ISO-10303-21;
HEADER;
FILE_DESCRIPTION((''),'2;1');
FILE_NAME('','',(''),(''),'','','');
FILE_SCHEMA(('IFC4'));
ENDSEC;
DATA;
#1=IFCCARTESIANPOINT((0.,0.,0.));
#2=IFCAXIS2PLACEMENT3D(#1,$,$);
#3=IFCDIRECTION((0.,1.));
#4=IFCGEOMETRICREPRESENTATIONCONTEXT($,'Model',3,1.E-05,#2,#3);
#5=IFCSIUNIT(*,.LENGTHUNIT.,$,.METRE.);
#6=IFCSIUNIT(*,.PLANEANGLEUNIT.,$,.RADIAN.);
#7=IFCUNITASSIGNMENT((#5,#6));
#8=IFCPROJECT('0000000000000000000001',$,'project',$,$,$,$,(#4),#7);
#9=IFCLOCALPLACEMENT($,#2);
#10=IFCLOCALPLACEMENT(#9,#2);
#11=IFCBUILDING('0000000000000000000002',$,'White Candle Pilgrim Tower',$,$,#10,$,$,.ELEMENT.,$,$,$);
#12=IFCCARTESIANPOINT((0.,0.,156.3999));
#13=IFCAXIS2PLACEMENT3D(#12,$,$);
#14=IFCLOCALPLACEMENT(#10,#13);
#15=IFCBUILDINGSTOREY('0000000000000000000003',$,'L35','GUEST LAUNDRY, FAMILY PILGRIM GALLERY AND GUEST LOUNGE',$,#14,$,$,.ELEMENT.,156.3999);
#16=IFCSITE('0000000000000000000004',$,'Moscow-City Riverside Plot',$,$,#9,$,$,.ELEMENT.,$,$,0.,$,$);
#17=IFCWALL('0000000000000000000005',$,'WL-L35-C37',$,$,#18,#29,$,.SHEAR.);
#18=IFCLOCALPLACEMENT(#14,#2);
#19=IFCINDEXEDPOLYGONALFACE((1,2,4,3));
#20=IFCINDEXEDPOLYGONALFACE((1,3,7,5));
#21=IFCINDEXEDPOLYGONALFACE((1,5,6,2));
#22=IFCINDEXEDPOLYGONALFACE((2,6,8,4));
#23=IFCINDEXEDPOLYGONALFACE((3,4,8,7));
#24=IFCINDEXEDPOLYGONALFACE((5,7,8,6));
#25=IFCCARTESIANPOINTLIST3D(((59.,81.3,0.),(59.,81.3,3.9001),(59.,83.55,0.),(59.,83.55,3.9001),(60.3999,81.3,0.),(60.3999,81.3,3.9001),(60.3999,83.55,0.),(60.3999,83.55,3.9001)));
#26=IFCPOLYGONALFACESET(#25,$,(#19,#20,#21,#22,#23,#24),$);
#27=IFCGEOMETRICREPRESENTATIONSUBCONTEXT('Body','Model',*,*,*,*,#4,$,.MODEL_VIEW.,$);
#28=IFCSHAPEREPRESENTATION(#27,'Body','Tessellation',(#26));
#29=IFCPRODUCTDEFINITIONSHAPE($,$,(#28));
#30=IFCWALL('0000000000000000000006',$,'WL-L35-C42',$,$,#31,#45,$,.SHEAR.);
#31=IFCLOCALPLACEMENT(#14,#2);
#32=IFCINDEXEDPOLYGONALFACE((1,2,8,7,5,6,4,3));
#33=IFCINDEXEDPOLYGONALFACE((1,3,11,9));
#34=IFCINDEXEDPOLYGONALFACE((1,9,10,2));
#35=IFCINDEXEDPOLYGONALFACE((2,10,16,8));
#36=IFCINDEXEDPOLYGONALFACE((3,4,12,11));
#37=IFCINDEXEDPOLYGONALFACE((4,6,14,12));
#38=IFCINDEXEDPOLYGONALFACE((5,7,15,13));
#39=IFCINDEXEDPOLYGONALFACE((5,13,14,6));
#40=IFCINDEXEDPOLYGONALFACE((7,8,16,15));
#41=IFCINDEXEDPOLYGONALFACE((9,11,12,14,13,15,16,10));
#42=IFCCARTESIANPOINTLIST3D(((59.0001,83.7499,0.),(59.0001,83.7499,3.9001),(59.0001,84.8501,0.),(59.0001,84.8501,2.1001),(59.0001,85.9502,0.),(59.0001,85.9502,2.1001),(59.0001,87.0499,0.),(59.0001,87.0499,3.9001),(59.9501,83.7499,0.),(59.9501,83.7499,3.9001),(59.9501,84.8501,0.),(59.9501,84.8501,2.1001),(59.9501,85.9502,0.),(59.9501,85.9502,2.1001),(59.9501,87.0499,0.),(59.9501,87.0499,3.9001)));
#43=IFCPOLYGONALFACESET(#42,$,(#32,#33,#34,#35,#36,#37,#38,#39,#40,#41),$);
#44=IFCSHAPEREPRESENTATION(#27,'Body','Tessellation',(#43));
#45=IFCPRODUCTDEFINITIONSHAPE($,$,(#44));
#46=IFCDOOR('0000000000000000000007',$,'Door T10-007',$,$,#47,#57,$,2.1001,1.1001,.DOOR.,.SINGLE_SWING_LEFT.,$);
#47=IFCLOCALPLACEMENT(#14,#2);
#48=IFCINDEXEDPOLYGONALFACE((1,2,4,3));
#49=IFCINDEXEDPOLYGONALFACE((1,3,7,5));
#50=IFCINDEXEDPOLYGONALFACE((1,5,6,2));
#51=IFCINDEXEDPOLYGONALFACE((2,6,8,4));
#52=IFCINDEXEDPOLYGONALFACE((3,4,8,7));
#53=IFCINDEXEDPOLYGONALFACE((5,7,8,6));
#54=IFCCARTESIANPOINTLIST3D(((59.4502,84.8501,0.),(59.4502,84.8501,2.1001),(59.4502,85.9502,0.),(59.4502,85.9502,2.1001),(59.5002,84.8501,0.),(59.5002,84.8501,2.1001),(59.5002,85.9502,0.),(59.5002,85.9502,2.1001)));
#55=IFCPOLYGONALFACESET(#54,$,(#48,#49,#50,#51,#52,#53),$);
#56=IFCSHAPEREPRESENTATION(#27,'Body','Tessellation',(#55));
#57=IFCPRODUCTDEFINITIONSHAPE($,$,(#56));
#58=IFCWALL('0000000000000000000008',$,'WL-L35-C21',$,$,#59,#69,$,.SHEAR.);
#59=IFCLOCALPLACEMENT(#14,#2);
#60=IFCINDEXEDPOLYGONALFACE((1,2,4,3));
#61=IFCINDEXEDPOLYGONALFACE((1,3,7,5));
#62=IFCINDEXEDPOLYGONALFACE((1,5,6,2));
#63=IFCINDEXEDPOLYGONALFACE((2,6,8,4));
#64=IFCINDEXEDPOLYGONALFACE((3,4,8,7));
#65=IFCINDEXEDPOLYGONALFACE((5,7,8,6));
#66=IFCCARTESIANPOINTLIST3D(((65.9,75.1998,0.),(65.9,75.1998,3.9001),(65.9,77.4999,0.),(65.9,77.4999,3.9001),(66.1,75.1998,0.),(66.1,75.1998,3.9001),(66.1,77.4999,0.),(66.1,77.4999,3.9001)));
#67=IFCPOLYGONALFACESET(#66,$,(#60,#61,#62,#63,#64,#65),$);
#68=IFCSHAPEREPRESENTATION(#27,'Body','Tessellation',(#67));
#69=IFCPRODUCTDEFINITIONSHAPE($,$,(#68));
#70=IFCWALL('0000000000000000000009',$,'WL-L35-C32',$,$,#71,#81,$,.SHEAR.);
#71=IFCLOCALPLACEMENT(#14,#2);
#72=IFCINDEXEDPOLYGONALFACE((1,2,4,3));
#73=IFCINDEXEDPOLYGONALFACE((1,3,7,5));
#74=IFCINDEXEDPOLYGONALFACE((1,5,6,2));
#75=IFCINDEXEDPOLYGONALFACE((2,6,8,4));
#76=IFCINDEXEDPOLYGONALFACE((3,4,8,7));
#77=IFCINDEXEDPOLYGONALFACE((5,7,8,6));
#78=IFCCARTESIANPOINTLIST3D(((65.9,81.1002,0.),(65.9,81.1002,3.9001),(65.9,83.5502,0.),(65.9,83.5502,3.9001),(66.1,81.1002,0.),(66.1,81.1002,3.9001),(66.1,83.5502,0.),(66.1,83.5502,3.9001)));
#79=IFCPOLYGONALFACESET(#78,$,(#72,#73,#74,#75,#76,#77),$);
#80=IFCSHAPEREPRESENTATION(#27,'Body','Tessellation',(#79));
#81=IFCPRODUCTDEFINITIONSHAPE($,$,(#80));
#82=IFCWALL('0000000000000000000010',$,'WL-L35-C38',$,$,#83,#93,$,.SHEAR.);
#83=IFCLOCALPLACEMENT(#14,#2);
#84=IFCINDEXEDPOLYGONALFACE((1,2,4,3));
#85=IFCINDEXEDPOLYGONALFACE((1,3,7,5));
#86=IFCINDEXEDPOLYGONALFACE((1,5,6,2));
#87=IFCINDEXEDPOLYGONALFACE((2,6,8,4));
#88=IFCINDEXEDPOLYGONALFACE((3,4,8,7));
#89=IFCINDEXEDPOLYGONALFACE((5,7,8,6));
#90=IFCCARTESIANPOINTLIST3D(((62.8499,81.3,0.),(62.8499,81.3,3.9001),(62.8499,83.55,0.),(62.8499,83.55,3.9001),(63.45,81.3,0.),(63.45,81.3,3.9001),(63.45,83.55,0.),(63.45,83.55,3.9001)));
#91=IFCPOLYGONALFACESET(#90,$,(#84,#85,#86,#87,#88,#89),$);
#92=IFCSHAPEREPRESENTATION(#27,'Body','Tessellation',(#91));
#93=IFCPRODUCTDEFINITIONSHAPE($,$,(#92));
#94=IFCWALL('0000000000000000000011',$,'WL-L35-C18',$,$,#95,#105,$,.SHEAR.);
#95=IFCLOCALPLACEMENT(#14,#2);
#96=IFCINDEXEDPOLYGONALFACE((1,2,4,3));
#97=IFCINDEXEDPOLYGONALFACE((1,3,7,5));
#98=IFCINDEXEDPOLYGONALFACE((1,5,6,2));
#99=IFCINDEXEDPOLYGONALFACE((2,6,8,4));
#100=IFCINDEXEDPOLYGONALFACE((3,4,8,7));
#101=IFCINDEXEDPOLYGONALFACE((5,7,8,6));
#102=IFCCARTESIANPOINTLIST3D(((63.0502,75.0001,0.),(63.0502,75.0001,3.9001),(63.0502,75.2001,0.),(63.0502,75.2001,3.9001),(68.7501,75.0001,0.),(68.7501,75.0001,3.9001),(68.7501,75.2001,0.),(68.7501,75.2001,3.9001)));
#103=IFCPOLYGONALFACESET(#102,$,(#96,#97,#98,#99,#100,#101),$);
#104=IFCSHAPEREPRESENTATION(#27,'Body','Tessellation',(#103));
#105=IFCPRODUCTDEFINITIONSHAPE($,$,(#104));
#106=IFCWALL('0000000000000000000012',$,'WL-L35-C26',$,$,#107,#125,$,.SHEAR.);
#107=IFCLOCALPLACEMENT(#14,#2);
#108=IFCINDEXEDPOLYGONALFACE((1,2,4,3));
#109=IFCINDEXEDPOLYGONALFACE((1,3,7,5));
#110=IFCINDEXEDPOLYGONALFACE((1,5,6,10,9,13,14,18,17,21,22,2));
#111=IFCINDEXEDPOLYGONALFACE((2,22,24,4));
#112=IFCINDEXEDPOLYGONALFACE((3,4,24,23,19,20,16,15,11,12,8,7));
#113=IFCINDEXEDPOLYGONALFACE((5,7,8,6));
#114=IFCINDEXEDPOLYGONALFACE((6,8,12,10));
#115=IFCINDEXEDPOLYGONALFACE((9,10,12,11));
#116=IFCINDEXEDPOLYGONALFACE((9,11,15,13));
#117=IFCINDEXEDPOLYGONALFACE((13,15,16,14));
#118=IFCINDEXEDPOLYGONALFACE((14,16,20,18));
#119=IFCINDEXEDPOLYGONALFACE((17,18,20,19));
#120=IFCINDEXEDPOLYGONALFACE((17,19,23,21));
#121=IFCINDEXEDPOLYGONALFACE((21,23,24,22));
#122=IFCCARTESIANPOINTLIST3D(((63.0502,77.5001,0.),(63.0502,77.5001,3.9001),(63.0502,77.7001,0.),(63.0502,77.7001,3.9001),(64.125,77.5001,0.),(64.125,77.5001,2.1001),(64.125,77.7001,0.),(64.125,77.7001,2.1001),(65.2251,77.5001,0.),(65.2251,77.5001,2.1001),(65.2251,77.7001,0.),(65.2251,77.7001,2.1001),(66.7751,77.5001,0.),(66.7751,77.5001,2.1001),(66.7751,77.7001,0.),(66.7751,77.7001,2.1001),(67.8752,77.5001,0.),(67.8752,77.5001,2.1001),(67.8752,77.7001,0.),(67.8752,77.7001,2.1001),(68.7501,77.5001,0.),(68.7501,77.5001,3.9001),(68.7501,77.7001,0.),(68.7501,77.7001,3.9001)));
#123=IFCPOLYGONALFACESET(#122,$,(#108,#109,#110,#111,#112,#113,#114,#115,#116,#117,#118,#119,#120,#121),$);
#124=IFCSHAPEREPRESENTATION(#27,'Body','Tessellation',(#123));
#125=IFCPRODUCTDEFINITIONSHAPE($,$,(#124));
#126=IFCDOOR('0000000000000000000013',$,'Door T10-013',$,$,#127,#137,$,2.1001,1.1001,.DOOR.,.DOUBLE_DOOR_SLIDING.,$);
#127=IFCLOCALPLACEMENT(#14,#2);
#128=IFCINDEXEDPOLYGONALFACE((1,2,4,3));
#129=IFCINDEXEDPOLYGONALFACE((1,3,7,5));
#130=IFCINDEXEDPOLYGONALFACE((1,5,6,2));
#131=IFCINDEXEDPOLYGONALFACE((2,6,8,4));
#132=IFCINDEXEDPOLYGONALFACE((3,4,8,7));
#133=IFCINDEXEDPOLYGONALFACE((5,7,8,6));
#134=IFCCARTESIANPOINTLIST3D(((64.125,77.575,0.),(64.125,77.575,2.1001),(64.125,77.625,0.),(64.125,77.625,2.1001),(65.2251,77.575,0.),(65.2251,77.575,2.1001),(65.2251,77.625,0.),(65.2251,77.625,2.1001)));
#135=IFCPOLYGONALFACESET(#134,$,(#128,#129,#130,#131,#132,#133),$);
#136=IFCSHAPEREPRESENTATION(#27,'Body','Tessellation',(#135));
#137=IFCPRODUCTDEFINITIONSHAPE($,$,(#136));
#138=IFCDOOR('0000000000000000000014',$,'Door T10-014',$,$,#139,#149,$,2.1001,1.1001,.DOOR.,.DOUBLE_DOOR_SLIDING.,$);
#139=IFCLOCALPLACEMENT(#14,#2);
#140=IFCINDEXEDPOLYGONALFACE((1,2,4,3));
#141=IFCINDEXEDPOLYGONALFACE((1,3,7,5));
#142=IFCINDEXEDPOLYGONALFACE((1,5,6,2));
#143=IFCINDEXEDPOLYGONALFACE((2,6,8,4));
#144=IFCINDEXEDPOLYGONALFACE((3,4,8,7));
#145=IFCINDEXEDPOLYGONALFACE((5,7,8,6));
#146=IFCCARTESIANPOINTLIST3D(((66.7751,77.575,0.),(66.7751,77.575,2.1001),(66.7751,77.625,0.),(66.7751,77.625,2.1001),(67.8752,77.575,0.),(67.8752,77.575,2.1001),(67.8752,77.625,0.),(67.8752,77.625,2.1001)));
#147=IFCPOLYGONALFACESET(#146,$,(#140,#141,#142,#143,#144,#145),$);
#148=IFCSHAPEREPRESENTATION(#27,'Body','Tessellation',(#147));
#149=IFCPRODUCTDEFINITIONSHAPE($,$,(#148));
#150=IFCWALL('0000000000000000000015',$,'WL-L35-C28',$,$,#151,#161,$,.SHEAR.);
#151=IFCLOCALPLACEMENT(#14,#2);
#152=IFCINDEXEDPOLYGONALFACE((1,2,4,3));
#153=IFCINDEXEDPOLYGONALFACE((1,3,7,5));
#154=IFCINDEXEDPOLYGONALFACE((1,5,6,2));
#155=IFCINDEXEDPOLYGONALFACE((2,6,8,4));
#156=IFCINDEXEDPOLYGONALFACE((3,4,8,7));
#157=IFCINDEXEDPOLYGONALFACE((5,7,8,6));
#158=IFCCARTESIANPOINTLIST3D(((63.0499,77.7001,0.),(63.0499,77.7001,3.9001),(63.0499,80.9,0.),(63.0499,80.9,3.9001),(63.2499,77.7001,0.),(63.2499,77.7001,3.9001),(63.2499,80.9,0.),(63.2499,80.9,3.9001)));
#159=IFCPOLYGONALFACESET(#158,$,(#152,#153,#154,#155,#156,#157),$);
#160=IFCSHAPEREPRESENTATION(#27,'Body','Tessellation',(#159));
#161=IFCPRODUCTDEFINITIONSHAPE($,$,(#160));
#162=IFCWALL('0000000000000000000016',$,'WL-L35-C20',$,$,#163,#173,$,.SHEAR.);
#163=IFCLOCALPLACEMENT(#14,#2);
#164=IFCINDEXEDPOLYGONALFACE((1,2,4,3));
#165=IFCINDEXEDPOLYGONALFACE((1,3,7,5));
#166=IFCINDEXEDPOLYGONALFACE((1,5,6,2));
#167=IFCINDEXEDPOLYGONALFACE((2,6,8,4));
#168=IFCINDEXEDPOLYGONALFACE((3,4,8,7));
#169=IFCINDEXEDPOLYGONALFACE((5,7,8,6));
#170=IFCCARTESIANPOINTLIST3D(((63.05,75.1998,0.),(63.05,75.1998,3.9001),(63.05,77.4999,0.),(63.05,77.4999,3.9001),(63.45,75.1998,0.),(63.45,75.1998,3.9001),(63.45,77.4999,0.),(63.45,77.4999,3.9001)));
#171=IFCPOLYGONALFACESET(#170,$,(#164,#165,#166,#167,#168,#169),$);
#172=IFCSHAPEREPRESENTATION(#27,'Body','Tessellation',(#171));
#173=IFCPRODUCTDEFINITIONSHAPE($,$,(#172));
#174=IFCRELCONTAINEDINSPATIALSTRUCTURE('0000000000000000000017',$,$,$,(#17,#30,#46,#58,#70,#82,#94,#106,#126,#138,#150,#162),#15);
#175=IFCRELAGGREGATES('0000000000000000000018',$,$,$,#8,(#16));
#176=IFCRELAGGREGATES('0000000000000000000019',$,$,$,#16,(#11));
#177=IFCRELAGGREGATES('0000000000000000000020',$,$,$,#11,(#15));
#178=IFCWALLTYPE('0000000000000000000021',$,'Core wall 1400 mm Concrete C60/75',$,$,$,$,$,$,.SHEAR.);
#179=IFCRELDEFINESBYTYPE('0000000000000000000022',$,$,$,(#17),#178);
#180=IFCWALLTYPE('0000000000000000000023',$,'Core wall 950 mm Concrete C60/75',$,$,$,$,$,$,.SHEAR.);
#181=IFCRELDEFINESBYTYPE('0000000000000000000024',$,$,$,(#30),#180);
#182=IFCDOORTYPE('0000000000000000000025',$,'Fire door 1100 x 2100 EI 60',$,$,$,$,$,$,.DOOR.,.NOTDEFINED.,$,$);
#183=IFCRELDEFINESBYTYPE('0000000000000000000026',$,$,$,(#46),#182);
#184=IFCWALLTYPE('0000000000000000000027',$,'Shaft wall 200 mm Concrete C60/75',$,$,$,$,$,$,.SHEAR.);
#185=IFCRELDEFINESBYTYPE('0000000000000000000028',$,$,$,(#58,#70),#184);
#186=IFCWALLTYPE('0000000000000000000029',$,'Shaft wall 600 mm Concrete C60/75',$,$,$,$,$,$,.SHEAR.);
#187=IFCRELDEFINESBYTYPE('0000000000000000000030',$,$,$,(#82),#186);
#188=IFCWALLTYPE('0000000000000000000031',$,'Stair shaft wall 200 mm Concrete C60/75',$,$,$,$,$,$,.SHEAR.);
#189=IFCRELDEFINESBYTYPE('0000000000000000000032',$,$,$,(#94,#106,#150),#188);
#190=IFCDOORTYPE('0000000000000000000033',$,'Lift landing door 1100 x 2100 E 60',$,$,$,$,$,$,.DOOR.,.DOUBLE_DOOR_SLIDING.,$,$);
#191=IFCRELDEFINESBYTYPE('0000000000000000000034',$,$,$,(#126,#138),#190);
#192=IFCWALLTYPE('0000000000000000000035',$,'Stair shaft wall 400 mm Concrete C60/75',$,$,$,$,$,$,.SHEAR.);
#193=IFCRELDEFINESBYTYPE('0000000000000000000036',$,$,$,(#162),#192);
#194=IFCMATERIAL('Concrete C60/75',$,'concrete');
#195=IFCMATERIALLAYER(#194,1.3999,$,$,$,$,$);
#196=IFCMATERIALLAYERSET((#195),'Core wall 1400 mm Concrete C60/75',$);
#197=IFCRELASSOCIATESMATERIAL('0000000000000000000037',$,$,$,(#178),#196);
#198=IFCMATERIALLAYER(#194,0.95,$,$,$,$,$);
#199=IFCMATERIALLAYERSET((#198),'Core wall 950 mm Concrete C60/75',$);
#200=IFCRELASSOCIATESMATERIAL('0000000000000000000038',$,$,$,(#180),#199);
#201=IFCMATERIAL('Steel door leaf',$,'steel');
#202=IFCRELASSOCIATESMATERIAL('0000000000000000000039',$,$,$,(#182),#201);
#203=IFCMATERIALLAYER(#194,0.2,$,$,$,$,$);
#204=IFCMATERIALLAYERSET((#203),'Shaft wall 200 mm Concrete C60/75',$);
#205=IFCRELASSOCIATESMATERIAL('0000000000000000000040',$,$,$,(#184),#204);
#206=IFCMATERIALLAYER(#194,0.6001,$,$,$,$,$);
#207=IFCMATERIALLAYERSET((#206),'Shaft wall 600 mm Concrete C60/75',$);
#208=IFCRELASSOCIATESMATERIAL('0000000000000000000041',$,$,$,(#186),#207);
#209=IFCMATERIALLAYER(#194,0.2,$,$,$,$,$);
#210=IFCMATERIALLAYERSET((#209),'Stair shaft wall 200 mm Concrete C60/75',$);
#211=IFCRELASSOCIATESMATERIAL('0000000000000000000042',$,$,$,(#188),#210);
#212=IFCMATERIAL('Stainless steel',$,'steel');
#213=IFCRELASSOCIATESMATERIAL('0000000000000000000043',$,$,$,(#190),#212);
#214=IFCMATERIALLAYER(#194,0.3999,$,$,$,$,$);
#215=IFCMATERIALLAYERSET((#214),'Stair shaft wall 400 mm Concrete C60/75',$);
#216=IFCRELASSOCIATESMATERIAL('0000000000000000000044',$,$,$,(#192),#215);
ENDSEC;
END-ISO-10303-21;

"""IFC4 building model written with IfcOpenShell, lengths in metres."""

from ifc_helpers import new_model, si_unit, direction, frame, frame_2d, origin, place, context, subcontext, project, spatial, rectangle, extrude, material, layer, layer_set, type_object, element, fill, save


model = new_model("IFC4")

# Units and contexts
model_context = context("Model", 3, precision=1e-05, world=origin(), true_north=direction((0.0, 1.0)))
body_context = subcontext(model_context, "Body", "Model", "MODEL_VIEW")
ifc_project = project(units=[si_unit("LENGTHUNIT", "METRE"), si_unit("PLANEANGLEUNIT", "RADIAN")], contexts=[model_context])

# Site, building, storey
site_placement = place(None, origin())
site = spatial("IfcSite", under=ifc_project, at=site_placement, Name="Moscow-City Riverside Plot", CompositionType="ELEMENT", RefElevation=0.0)
building_placement = place(site_placement, origin())
building = spatial("IfcBuilding", under=site, at=building_placement, Name="White Candle Pilgrim Tower", CompositionType="ELEMENT")
storey_placement = place(building_placement, frame((0.0, 0.0, 156.3999)))
storey = spatial("IfcBuildingStorey", under=building, at=storey_placement, Name="L35", Description="GUEST LAUNDRY, FAMILY PILGRIM GALLERY AND GUEST LOUNGE", CompositionType="ELEMENT", Elevation=156.3999)

# Wall
ifc_material_1 = material(Name="Concrete C60/75", Category="concrete")
ifc_layer_1 = layer(ifc_material_1, 1.3999)
ifc_layer_set_1 = layer_set([ifc_layer_1], Name="Core wall 1400 mm Concrete C60/75")
wall_type_1 = type_object("IfcWallType", Name="Core wall 1400 mm Concrete C60/75", PredefinedType="SHEAR", material=ifc_layer_set_1)
wall_1_placement = place(storey_placement, frame((59.7, 81.3, 0.0), z_axis=(0.0, 0.0, 1.0), x_axis=(0.0, 1.0, 0.0)))
element("IfcWall", 1, at=wall_1_placement, inside=storey, type_object=wall_type_1, Name="WL-L35-C37", PredefinedType="SHEAR", context=body_context, shape_type="SweptSolid", body=[
    extrude(rectangle(XDim=2.25, YDim=1.3999, at=frame_2d((1.125, 0.0))), origin(), (0.0, 0.0, 1.0), 3.9001),
])

# Wall, opening, door
ifc_layer_2 = layer(ifc_material_1, 0.95)
ifc_layer_set_2 = layer_set([ifc_layer_2], Name="Core wall 950 mm Concrete C60/75")
wall_type_2 = type_object("IfcWallType", Name="Core wall 950 mm Concrete C60/75", PredefinedType="SHEAR", material=ifc_layer_set_2)
wall_2_placement = place(storey_placement, frame((59.4751, 83.75, 0.0), z_axis=(0.0, 0.0, 1.0), x_axis=(0.0, 1.0, 0.0)))
wall_2 = element("IfcWall", 2, at=wall_2_placement, inside=storey, type_object=wall_type_2, Name="WL-L35-C42", PredefinedType="SHEAR", context=body_context, shape_type="SweptSolid", body=[
    extrude(rectangle(XDim=3.3, YDim=0.95, at=frame_2d((1.6499, 0.0))), origin(), (0.0, 0.0, 1.0), 3.9001),
])
opening_1_placement = place(wall_2_placement, frame((1.1001, 0.0, 0.0)))
opening_1 = element("IfcOpeningElement", 3, at=opening_1_placement, cuts=wall_2, PredefinedType="OPENING", context=body_context, shape_type="SweptSolid", body=[
    extrude(rectangle(XDim=1.1001, YDim=2.1001, at=frame_2d((0.55, 1.05))), frame((0.0, 0.4849, 0.0), z_axis=(0.0, -1.0, 0.0), x_axis=(1.0, 0.0, 0.0)), (0.0, 0.0, 1.0), 0.97),
])
ifc_material_2 = material(Name="Steel door leaf", Category="steel")
door_type_1 = type_object("IfcDoorType", Name="Fire door 1100 x 2100 EI 60", OperationType="NOTDEFINED", PredefinedType="DOOR", material=ifc_material_2)
door_1_placement = place(opening_1_placement, origin())
door_1 = element("IfcDoor", 4, at=door_1_placement, inside=storey, type_object=door_type_1, Name="Door T10-007", OperationType="SINGLE_SWING_LEFT", OverallHeight=2.1001, OverallWidth=1.1001, PredefinedType="DOOR", context=body_context, shape_type="SweptSolid", body=[
    extrude(rectangle(XDim=1.1001, YDim=2.1001, at=frame_2d((0.55, 1.05))), frame((0.0, 0.0249, 0.0), z_axis=(0.0, -1.0, 0.0), x_axis=(1.0, 0.0, 0.0)), (0.0, 0.0, 1.0), 0.05),
])
fill(opening_1, door_1)

# Walls
ifc_layer_3 = layer(ifc_material_1, 0.2)
ifc_layer_set_3 = layer_set([ifc_layer_3], Name="Shaft wall 200 mm Concrete C60/75")
wall_type_3 = type_object("IfcWallType", Name="Shaft wall 200 mm Concrete C60/75", PredefinedType="SHEAR", material=ifc_layer_set_3)
wall_3_placement = place(storey_placement, frame((66.0, 75.2, 0.0), z_axis=(0.0, 0.0, 1.0), x_axis=(0.0, 1.0, 0.0)))
element("IfcWall", 5, at=wall_3_placement, inside=storey, type_object=wall_type_3, Name="WL-L35-C21", PredefinedType="SHEAR", context=body_context, shape_type="SweptSolid", body=[
    extrude(rectangle(XDim=2.3, YDim=0.2, at=frame_2d((1.1499, 0.0))), origin(), (0.0, 0.0, 1.0), 3.9001),
])
wall_4_placement = place(storey_placement, frame((66.0, 81.1001, 0.0), z_axis=(0.0, 0.0, 1.0), x_axis=(0.0, 1.0, 0.0)))
element("IfcWall", 6, at=wall_4_placement, inside=storey, type_object=wall_type_3, Name="WL-L35-C32", PredefinedType="SHEAR", context=body_context, shape_type="SweptSolid", body=[
    extrude(rectangle(XDim=2.45, YDim=0.2, at=frame_2d((1.2251, 0.0))), origin(), (0.0, 0.0, 1.0), 3.9001),
])
ifc_layer_4 = layer(ifc_material_1, 0.6001)
ifc_layer_set_4 = layer_set([ifc_layer_4], Name="Shaft wall 600 mm Concrete C60/75")
wall_type_4 = type_object("IfcWallType", Name="Shaft wall 600 mm Concrete C60/75", PredefinedType="SHEAR", material=ifc_layer_set_4)
wall_5_placement = place(storey_placement, frame((63.1499, 81.3, 0.0), z_axis=(0.0, 0.0, 1.0), x_axis=(0.0, 1.0, 0.0)))
element("IfcWall", 7, at=wall_5_placement, inside=storey, type_object=wall_type_4, Name="WL-L35-C38", PredefinedType="SHEAR", context=body_context, shape_type="SweptSolid", body=[
    extrude(rectangle(XDim=2.25, YDim=0.6001, at=frame_2d((1.125, 0.0))), origin(), (0.0, 0.0, 1.0), 3.9001),
])
ifc_layer_5 = layer(ifc_material_1, 0.2)
ifc_layer_set_5 = layer_set([ifc_layer_5], Name="Stair shaft wall 200 mm Concrete C60/75")
wall_type_5 = type_object("IfcWallType", Name="Stair shaft wall 200 mm Concrete C60/75", PredefinedType="SHEAR", material=ifc_layer_set_5)
wall_6_placement = place(storey_placement, frame((63.05, 75.1001, 0.0), z_axis=(0.0, 0.0, 1.0), x_axis=(1.0, 0.0, 0.0)))
element("IfcWall", 8, at=wall_6_placement, inside=storey, type_object=wall_type_5, Name="WL-L35-C18", PredefinedType="SHEAR", context=body_context, shape_type="SweptSolid", body=[
    extrude(rectangle(XDim=5.7, YDim=0.2, at=frame_2d((2.8501, 0.0))), origin(), (0.0, 0.0, 1.0), 3.9001),
])

# Wall, openings, doors
wall_7_placement = place(storey_placement, frame((63.05, 77.6001, 0.0), z_axis=(0.0, 0.0, 1.0), x_axis=(1.0, 0.0, 0.0)))
wall_7 = element("IfcWall", 9, at=wall_7_placement, inside=storey, type_object=wall_type_5, Name="WL-L35-C26", PredefinedType="SHEAR", context=body_context, shape_type="SweptSolid", body=[
    extrude(rectangle(XDim=5.7, YDim=0.2, at=frame_2d((2.8501, 0.0))), origin(), (0.0, 0.0, 1.0), 3.9001),
])
opening_2_placement = place(wall_7_placement, frame((1.075, 0.0, 0.0)))
opening_2 = element("IfcOpeningElement", 10, at=opening_2_placement, cuts=wall_7, PredefinedType="OPENING", context=body_context, shape_type="SweptSolid", body=[
    extrude(rectangle(XDim=1.1001, YDim=2.1001, at=frame_2d((0.55, 1.05))), frame((0.0, 0.1099, 0.0), z_axis=(0.0, -1.0, 0.0), x_axis=(1.0, 0.0, 0.0)), (0.0, 0.0, 1.0), 0.22),
])
opening_3_placement = place(wall_7_placement, frame((3.7251, 0.0, 0.0)))
opening_3 = element("IfcOpeningElement", 11, at=opening_3_placement, cuts=wall_7, PredefinedType="OPENING", context=body_context, shape_type="SweptSolid", body=[
    extrude(rectangle(XDim=1.1001, YDim=2.1001, at=frame_2d((0.55, 1.05))), frame((0.0, 0.1099, 0.0), z_axis=(0.0, -1.0, 0.0), x_axis=(1.0, 0.0, 0.0)), (0.0, 0.0, 1.0), 0.22),
])
ifc_material_3 = material(Name="Stainless steel", Category="steel")
door_type_2 = type_object("IfcDoorType", Name="Lift landing door 1100 x 2100 E 60", OperationType="DOUBLE_DOOR_SLIDING", PredefinedType="DOOR", material=ifc_material_3)
door_2_placement = place(opening_2_placement, origin())
door_2 = element("IfcDoor", 12, at=door_2_placement, inside=storey, type_object=door_type_2, Name="Door T10-013", OperationType="DOUBLE_DOOR_SLIDING", OverallHeight=2.1001, OverallWidth=1.1001, PredefinedType="DOOR", context=body_context, shape_type="SweptSolid", body=[
    extrude(rectangle(XDim=1.1001, YDim=2.1001, at=frame_2d((0.55, 1.05))), frame((0.0, 0.0249, 0.0), z_axis=(0.0, -1.0, 0.0), x_axis=(1.0, 0.0, 0.0)), (0.0, 0.0, 1.0), 0.05),
])
fill(opening_2, door_2)
door_3_placement = place(opening_3_placement, origin())
door_3 = element("IfcDoor", 13, at=door_3_placement, inside=storey, type_object=door_type_2, Name="Door T10-014", OperationType="DOUBLE_DOOR_SLIDING", OverallHeight=2.1001, OverallWidth=1.1001, PredefinedType="DOOR", context=body_context, shape_type="SweptSolid", body=[
    extrude(rectangle(XDim=1.1001, YDim=2.1001, at=frame_2d((0.55, 1.05))), frame((0.0, 0.0249, 0.0), z_axis=(0.0, -1.0, 0.0), x_axis=(1.0, 0.0, 0.0)), (0.0, 0.0, 1.0), 0.05),
])
fill(opening_3, door_3)

# Walls
wall_8_placement = place(storey_placement, frame((63.1499, 77.7, 0.0), z_axis=(0.0, 0.0, 1.0), x_axis=(0.0, 1.0, 0.0)))
element("IfcWall", 14, at=wall_8_placement, inside=storey, type_object=wall_type_5, Name="WL-L35-C28", PredefinedType="SHEAR", context=body_context, shape_type="SweptSolid", body=[
    extrude(rectangle(XDim=3.2, YDim=0.2, at=frame_2d((1.6001, 0.0))), origin(), (0.0, 0.0, 1.0), 3.9001),
])
ifc_layer_6 = layer(ifc_material_1, 0.3999)
ifc_layer_set_6 = layer_set([ifc_layer_6], Name="Stair shaft wall 400 mm Concrete C60/75")
wall_type_6 = type_object("IfcWallType", Name="Stair shaft wall 400 mm Concrete C60/75", PredefinedType="SHEAR", material=ifc_layer_set_6)
wall_9_placement = place(storey_placement, frame((63.25, 75.2, 0.0), z_axis=(0.0, 0.0, 1.0), x_axis=(0.0, 1.0, 0.0)))
element("IfcWall", 15, at=wall_9_placement, inside=storey, type_object=wall_type_6, Name="WL-L35-C20", PredefinedType="SHEAR", context=body_context, shape_type="SweptSolid", body=[
    extrude(rectangle(XDim=2.3, YDim=0.3999, at=frame_2d((1.1499, 0.0))), origin(), (0.0, 0.0, 1.0), 3.9001),
])

save(model, "model.ifc")
